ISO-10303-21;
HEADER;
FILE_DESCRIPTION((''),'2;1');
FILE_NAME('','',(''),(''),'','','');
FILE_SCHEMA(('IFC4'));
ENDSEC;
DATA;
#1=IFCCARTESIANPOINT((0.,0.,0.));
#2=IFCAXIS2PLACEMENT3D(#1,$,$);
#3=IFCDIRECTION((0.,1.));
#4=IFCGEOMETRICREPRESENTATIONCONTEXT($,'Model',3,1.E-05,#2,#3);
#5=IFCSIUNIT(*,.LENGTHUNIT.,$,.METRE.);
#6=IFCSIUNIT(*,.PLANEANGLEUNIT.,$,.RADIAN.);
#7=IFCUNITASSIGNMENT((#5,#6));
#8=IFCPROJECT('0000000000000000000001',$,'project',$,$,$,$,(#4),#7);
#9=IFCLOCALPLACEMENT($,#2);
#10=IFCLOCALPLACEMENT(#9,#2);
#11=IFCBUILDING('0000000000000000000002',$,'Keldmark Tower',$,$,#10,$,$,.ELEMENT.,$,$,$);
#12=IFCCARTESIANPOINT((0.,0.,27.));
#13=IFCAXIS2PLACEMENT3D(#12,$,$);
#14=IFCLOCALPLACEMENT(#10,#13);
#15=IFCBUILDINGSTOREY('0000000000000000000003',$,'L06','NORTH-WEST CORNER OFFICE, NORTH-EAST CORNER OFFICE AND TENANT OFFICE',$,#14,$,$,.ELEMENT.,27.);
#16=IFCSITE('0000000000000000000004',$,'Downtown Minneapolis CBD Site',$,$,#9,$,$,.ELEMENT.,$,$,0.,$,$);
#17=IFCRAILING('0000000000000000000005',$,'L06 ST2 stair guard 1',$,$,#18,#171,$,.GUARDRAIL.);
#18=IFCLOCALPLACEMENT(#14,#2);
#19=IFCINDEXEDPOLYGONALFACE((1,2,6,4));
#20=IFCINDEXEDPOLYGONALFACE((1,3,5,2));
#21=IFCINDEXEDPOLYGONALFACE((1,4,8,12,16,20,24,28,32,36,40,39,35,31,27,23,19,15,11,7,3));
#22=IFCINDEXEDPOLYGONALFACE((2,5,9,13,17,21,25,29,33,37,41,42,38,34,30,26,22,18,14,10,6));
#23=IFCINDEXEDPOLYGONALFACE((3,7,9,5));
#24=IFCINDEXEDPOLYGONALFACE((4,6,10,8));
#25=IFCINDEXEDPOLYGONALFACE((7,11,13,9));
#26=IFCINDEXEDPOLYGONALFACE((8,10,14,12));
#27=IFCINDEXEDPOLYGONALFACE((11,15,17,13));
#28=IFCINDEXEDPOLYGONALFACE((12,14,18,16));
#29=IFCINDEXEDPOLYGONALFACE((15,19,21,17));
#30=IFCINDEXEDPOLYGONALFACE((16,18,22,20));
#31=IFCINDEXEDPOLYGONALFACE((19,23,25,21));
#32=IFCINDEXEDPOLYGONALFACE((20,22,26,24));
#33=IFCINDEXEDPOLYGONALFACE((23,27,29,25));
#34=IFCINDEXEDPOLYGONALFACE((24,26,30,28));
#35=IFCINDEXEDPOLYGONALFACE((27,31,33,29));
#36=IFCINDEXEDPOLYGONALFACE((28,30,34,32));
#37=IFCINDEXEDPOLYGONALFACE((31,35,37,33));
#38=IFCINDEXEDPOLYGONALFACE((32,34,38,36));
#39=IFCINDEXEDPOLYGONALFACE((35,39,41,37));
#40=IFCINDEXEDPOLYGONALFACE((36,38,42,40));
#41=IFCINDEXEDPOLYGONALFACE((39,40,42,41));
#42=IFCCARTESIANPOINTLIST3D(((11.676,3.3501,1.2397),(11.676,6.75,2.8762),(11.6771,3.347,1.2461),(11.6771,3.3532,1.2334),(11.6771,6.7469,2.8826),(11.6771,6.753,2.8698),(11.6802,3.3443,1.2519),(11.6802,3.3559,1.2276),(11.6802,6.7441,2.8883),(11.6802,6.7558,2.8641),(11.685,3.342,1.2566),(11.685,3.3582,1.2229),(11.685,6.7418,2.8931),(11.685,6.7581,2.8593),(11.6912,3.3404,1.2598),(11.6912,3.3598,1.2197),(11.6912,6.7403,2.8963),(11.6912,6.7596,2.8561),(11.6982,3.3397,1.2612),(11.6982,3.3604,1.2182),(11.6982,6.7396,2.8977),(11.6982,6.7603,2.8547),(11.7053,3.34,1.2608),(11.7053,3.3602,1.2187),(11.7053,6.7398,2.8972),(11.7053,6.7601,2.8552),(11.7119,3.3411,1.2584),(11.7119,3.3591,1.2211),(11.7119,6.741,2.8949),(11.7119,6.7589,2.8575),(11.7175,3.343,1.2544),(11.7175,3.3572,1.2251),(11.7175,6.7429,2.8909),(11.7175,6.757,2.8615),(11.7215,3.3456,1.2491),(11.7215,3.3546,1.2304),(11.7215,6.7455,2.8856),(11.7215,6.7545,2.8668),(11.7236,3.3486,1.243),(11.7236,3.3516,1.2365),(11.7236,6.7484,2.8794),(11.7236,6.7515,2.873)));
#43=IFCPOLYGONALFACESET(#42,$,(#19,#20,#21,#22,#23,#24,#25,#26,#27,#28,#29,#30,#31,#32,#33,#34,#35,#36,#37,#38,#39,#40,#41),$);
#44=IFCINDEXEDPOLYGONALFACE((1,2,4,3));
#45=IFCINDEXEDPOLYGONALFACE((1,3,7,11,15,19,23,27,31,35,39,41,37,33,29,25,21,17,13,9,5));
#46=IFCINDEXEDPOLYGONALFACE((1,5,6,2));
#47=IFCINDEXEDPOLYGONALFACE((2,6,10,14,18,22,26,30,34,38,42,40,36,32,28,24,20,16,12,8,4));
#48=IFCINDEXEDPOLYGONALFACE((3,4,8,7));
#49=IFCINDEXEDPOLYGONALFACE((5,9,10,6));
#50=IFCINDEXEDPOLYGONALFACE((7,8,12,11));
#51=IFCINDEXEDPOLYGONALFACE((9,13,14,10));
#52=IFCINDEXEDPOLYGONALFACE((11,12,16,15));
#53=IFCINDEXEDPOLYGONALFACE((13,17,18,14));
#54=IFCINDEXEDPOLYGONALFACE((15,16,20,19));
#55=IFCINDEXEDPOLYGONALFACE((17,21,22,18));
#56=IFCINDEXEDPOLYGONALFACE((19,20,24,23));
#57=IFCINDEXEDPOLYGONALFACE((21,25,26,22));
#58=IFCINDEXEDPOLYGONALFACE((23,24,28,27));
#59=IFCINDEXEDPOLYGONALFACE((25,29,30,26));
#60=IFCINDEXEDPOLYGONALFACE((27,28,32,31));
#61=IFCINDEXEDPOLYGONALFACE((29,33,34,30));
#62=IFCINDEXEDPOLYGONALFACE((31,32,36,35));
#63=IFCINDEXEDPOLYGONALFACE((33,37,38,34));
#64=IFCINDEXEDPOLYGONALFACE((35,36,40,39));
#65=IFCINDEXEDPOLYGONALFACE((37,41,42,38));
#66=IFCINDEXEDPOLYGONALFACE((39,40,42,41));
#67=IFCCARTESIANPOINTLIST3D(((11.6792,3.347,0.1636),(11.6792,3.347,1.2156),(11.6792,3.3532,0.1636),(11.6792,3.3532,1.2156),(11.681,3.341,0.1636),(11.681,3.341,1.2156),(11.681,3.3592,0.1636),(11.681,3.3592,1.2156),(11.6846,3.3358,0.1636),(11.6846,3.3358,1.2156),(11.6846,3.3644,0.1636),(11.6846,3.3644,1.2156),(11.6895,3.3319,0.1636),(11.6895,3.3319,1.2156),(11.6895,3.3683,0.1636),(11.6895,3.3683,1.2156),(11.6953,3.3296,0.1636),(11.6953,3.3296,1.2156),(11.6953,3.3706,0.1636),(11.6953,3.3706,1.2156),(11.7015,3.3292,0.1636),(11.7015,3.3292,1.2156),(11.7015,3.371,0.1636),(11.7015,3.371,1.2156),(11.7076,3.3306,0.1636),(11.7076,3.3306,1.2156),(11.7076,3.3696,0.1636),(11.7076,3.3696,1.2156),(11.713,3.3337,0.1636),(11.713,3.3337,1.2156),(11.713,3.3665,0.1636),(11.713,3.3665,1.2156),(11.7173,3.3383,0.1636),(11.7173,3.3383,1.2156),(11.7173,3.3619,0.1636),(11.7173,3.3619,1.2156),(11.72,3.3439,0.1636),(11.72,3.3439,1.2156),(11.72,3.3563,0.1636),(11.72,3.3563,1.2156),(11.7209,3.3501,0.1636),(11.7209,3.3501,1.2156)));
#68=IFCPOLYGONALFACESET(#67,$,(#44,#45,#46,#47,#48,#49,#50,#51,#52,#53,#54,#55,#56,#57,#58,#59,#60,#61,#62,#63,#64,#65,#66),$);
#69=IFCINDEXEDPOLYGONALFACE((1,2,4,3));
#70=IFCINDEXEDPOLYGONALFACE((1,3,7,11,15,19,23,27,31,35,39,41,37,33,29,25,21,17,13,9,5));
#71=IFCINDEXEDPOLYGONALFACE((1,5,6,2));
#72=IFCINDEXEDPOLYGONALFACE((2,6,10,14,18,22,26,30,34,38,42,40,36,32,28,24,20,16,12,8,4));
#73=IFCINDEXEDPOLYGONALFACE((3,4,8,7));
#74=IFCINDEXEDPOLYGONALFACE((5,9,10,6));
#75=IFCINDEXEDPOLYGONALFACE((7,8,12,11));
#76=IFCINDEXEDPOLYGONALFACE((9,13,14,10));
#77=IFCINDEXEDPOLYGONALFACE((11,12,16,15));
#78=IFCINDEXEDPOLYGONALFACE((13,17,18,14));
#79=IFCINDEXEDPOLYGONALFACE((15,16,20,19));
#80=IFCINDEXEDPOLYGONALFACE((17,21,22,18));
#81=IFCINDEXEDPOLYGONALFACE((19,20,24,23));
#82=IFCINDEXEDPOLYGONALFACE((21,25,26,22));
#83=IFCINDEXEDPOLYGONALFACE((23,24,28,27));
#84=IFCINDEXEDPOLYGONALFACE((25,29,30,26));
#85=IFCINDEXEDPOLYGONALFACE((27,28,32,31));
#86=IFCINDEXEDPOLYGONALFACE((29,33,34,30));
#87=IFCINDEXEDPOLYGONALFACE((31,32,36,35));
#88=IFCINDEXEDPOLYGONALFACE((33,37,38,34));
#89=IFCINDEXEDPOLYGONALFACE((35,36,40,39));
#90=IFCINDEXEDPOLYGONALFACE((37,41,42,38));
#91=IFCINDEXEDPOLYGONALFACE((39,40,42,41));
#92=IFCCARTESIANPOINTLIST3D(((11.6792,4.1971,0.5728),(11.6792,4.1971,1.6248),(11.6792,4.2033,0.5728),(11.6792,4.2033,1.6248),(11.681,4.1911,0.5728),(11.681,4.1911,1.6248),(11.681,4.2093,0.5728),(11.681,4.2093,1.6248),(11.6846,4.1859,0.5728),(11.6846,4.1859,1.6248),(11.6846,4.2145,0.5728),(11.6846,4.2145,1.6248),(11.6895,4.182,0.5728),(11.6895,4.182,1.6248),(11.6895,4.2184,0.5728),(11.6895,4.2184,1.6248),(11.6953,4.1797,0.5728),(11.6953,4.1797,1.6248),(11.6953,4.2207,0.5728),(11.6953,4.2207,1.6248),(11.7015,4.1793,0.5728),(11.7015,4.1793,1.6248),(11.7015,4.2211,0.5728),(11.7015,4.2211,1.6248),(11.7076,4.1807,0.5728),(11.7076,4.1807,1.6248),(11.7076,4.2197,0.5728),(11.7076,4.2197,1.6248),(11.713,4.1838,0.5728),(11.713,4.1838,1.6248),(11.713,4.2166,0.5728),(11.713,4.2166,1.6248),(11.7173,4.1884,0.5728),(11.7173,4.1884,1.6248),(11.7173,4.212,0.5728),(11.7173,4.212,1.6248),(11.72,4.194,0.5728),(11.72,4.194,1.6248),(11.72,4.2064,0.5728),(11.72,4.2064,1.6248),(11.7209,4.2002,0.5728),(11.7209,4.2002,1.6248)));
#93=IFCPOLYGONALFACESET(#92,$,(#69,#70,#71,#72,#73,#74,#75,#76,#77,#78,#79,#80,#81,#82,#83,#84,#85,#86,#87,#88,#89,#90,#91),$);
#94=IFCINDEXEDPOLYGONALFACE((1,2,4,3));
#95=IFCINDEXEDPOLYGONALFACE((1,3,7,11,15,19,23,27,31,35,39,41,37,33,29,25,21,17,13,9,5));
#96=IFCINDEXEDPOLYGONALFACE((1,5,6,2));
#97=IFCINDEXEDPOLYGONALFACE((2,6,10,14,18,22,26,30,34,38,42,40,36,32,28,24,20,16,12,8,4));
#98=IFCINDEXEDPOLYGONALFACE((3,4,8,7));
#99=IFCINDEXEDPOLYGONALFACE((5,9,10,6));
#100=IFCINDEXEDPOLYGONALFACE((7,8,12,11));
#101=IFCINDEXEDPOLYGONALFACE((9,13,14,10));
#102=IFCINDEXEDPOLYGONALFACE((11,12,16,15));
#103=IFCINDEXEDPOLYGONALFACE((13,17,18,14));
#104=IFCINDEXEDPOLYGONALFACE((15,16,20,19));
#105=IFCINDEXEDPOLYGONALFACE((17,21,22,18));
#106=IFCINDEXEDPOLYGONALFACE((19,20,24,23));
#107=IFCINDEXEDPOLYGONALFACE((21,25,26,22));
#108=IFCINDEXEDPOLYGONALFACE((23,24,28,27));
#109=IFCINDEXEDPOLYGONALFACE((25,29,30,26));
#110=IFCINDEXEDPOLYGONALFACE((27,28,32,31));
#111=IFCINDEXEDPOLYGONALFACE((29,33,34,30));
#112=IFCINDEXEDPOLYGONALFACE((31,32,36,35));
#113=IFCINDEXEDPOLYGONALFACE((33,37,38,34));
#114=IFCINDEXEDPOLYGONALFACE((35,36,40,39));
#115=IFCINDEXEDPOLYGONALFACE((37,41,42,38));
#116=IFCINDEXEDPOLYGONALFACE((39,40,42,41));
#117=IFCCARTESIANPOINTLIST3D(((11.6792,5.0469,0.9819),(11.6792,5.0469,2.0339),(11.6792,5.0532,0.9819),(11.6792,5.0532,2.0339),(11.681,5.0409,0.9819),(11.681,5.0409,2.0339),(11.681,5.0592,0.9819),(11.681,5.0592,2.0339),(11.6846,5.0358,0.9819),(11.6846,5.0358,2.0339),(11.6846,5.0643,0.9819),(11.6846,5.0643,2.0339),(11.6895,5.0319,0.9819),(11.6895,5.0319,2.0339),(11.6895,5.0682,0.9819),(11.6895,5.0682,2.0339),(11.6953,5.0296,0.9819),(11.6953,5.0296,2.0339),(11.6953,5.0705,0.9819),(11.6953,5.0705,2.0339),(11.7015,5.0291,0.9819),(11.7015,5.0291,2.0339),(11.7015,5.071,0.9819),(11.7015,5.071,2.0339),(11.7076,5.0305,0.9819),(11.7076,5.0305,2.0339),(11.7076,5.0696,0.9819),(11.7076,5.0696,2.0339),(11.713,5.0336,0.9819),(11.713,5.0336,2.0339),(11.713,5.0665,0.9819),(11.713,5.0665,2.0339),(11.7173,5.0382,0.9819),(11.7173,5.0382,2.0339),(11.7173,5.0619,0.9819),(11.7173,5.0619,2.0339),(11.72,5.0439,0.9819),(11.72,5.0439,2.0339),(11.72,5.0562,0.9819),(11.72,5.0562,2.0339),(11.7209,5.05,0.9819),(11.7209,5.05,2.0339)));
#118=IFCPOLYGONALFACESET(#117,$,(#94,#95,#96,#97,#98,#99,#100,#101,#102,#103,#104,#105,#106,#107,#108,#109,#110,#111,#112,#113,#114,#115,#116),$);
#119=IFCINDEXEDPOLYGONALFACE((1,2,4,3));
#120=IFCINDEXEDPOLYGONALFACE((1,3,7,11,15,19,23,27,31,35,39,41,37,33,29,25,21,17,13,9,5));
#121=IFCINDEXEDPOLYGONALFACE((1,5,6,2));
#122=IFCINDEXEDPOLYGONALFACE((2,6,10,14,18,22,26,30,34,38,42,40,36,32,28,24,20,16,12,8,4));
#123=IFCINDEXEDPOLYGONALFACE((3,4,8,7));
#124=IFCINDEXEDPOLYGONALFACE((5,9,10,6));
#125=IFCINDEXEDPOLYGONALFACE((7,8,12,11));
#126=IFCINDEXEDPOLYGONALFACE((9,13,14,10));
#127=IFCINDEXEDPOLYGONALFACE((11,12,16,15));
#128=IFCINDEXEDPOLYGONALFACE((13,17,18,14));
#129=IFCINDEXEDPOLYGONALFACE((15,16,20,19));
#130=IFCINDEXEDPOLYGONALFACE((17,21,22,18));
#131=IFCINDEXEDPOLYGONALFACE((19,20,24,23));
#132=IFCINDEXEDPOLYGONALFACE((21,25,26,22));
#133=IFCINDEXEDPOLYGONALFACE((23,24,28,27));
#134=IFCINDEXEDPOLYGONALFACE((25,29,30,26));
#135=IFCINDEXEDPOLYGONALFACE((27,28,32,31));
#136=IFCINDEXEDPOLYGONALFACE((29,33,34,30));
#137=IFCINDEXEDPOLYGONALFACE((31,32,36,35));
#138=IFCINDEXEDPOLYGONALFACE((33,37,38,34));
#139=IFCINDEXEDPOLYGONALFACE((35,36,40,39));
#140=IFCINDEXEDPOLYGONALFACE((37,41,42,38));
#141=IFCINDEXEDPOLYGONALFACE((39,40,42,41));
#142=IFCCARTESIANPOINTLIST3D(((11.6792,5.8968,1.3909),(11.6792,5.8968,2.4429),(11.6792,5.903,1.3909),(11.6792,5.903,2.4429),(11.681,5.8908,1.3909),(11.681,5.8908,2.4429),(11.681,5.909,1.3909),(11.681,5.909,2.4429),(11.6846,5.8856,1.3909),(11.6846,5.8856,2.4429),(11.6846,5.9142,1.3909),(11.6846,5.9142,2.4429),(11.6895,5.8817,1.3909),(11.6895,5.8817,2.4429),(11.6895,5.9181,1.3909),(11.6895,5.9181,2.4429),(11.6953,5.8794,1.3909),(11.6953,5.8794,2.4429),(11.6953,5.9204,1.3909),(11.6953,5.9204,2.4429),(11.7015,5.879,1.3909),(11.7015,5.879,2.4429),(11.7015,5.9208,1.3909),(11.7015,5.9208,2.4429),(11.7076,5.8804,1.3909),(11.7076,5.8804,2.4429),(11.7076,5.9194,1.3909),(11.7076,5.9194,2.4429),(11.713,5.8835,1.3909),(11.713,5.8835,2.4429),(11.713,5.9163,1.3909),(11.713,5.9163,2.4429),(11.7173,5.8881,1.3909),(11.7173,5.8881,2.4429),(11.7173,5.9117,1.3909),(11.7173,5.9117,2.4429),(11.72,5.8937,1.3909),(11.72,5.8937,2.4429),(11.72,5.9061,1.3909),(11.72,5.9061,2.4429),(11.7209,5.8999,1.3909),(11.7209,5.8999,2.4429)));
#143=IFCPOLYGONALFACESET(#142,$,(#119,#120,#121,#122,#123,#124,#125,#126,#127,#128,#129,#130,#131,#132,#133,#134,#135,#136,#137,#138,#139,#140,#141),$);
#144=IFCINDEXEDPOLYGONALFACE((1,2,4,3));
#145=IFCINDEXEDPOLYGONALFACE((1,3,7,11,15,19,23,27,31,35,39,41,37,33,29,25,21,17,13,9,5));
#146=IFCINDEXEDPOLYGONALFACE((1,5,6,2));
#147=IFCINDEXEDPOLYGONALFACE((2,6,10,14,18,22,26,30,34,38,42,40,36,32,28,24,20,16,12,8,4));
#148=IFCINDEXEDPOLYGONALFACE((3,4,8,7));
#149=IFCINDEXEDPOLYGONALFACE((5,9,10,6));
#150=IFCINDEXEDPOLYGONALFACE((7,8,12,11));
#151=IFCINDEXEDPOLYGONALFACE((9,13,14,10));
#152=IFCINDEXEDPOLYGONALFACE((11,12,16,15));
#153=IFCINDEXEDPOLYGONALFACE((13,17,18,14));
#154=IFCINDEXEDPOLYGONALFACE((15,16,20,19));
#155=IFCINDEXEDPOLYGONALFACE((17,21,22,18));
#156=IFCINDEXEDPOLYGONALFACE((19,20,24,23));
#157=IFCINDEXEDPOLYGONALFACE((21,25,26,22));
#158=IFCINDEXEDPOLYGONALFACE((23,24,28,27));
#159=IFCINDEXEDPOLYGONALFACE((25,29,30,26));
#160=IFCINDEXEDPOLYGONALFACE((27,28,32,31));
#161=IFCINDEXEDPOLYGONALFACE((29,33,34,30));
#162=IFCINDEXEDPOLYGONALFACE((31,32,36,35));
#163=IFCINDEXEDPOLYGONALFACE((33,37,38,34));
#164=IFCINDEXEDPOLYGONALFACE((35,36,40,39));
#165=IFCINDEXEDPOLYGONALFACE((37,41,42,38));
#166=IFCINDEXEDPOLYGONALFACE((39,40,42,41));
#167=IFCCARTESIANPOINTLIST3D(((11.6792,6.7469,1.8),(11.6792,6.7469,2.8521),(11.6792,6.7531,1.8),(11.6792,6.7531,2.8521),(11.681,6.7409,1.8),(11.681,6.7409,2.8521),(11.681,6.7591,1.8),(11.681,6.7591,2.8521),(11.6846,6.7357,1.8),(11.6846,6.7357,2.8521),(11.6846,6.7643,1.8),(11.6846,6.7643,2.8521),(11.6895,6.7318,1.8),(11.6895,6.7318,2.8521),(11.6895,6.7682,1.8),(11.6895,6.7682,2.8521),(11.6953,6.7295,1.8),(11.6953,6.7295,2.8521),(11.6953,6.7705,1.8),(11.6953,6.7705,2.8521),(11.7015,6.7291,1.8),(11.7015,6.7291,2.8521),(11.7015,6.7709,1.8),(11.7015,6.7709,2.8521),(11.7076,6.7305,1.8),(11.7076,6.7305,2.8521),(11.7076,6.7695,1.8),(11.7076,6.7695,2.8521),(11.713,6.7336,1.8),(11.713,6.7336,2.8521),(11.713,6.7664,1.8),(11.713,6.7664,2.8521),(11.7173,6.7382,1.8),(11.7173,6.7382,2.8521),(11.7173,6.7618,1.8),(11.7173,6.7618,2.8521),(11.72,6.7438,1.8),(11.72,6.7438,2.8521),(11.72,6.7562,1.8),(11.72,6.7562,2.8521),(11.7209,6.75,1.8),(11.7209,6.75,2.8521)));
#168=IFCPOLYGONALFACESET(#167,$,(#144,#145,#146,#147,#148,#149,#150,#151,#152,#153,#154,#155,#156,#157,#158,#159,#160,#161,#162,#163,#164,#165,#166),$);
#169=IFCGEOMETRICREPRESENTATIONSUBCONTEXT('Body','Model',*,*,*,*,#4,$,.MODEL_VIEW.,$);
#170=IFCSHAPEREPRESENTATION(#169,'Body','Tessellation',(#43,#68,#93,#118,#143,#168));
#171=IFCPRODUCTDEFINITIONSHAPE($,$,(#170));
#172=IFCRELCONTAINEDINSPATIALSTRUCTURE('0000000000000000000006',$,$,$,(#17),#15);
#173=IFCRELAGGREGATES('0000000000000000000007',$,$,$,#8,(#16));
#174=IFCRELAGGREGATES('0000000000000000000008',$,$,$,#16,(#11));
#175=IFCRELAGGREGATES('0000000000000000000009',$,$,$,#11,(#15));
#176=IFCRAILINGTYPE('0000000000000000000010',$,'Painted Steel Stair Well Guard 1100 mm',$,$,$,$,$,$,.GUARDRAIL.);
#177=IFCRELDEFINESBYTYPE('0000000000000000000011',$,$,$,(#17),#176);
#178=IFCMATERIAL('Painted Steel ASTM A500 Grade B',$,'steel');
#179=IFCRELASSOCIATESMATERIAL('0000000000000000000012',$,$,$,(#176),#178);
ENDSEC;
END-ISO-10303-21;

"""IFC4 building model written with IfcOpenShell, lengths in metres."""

from ifc_helpers import new_model, si_unit, direction, frame, origin, origin_2d, place, context, subcontext, project, spatial, circle, extrude, material, type_object, element, save


model = new_model("IFC4")

# Units and contexts
model_context = context("Model", 3, precision=1e-05, world=origin(), true_north=direction((0.0, 1.0)))
body_context = subcontext(model_context, "Body", "Model", "MODEL_VIEW")
ifc_project = project(units=[si_unit("LENGTHUNIT", "METRE"), si_unit("PLANEANGLEUNIT", "RADIAN")], contexts=[model_context])

# Site, building, storey
site_placement = place(None, origin())
site = spatial("IfcSite", under=ifc_project, at=site_placement, Name="Downtown Minneapolis CBD Site", CompositionType="ELEMENT", RefElevation=0.0)
building_placement = place(site_placement, origin())
building = spatial("IfcBuilding", under=site, at=building_placement, Name="Keldmark Tower", CompositionType="ELEMENT")
storey_placement = place(building_placement, frame((0.0, 0.0, 27.0)))
storey = spatial("IfcBuildingStorey", under=building, at=storey_placement, Name="L06", Description="NORTH-WEST CORNER OFFICE, NORTH-EAST CORNER OFFICE AND TENANT OFFICE", CompositionType="ELEMENT", Elevation=27.0)

# Railing
ifc_material_1 = material(Name="Painted Steel ASTM A500 Grade B", Category="steel")
railing_type_1 = type_object("IfcRailingType", Name="Painted Steel Stair Well Guard 1100 mm", PredefinedType="GUARDRAIL", material=ifc_material_1)
railing_1_placement = place(storey_placement, frame((11.7, 3.3501, 0.1636)))
element("IfcRailing", 1, at=railing_1_placement, inside=storey, type_object=railing_type_1, Name="L06 ST2 stair guard 1", PredefinedType="GUARDRAIL", context=body_context, shape_type="SweptSolid", body=[
    extrude(circle(Radius=0.0239, at=origin_2d()), frame((0.0, 0.0, 1.0762), z_axis=(0.0, 0.901055, 0.433705), x_axis=(-1.0, 0.0, 0.0)), (0.0, 0.0, 1.0), 3.7732),
    extrude(circle(Radius=0.021, at=origin_2d()), origin(), (0.0, 0.0, 1.0), 1.052),
    extrude(circle(Radius=0.021, at=origin_2d()), frame((0.0, 0.8501, 0.4092)), (0.0, 0.0, 1.0), 1.052),
    extrude(circle(Radius=0.021, at=origin_2d()), frame((0.0, 1.7, 0.8184)), (0.0, 0.0, 1.0), 1.052),
    extrude(circle(Radius=0.021, at=origin_2d()), frame((0.0, 2.5498, 1.2273)), (0.0, 0.0, 1.0), 1.052),
    extrude(circle(Radius=0.021, at=origin_2d()), frame((0.0, 3.3999, 1.6365)), (0.0, 0.0, 1.0), 1.052),
])

save(model, "model.ifc")
